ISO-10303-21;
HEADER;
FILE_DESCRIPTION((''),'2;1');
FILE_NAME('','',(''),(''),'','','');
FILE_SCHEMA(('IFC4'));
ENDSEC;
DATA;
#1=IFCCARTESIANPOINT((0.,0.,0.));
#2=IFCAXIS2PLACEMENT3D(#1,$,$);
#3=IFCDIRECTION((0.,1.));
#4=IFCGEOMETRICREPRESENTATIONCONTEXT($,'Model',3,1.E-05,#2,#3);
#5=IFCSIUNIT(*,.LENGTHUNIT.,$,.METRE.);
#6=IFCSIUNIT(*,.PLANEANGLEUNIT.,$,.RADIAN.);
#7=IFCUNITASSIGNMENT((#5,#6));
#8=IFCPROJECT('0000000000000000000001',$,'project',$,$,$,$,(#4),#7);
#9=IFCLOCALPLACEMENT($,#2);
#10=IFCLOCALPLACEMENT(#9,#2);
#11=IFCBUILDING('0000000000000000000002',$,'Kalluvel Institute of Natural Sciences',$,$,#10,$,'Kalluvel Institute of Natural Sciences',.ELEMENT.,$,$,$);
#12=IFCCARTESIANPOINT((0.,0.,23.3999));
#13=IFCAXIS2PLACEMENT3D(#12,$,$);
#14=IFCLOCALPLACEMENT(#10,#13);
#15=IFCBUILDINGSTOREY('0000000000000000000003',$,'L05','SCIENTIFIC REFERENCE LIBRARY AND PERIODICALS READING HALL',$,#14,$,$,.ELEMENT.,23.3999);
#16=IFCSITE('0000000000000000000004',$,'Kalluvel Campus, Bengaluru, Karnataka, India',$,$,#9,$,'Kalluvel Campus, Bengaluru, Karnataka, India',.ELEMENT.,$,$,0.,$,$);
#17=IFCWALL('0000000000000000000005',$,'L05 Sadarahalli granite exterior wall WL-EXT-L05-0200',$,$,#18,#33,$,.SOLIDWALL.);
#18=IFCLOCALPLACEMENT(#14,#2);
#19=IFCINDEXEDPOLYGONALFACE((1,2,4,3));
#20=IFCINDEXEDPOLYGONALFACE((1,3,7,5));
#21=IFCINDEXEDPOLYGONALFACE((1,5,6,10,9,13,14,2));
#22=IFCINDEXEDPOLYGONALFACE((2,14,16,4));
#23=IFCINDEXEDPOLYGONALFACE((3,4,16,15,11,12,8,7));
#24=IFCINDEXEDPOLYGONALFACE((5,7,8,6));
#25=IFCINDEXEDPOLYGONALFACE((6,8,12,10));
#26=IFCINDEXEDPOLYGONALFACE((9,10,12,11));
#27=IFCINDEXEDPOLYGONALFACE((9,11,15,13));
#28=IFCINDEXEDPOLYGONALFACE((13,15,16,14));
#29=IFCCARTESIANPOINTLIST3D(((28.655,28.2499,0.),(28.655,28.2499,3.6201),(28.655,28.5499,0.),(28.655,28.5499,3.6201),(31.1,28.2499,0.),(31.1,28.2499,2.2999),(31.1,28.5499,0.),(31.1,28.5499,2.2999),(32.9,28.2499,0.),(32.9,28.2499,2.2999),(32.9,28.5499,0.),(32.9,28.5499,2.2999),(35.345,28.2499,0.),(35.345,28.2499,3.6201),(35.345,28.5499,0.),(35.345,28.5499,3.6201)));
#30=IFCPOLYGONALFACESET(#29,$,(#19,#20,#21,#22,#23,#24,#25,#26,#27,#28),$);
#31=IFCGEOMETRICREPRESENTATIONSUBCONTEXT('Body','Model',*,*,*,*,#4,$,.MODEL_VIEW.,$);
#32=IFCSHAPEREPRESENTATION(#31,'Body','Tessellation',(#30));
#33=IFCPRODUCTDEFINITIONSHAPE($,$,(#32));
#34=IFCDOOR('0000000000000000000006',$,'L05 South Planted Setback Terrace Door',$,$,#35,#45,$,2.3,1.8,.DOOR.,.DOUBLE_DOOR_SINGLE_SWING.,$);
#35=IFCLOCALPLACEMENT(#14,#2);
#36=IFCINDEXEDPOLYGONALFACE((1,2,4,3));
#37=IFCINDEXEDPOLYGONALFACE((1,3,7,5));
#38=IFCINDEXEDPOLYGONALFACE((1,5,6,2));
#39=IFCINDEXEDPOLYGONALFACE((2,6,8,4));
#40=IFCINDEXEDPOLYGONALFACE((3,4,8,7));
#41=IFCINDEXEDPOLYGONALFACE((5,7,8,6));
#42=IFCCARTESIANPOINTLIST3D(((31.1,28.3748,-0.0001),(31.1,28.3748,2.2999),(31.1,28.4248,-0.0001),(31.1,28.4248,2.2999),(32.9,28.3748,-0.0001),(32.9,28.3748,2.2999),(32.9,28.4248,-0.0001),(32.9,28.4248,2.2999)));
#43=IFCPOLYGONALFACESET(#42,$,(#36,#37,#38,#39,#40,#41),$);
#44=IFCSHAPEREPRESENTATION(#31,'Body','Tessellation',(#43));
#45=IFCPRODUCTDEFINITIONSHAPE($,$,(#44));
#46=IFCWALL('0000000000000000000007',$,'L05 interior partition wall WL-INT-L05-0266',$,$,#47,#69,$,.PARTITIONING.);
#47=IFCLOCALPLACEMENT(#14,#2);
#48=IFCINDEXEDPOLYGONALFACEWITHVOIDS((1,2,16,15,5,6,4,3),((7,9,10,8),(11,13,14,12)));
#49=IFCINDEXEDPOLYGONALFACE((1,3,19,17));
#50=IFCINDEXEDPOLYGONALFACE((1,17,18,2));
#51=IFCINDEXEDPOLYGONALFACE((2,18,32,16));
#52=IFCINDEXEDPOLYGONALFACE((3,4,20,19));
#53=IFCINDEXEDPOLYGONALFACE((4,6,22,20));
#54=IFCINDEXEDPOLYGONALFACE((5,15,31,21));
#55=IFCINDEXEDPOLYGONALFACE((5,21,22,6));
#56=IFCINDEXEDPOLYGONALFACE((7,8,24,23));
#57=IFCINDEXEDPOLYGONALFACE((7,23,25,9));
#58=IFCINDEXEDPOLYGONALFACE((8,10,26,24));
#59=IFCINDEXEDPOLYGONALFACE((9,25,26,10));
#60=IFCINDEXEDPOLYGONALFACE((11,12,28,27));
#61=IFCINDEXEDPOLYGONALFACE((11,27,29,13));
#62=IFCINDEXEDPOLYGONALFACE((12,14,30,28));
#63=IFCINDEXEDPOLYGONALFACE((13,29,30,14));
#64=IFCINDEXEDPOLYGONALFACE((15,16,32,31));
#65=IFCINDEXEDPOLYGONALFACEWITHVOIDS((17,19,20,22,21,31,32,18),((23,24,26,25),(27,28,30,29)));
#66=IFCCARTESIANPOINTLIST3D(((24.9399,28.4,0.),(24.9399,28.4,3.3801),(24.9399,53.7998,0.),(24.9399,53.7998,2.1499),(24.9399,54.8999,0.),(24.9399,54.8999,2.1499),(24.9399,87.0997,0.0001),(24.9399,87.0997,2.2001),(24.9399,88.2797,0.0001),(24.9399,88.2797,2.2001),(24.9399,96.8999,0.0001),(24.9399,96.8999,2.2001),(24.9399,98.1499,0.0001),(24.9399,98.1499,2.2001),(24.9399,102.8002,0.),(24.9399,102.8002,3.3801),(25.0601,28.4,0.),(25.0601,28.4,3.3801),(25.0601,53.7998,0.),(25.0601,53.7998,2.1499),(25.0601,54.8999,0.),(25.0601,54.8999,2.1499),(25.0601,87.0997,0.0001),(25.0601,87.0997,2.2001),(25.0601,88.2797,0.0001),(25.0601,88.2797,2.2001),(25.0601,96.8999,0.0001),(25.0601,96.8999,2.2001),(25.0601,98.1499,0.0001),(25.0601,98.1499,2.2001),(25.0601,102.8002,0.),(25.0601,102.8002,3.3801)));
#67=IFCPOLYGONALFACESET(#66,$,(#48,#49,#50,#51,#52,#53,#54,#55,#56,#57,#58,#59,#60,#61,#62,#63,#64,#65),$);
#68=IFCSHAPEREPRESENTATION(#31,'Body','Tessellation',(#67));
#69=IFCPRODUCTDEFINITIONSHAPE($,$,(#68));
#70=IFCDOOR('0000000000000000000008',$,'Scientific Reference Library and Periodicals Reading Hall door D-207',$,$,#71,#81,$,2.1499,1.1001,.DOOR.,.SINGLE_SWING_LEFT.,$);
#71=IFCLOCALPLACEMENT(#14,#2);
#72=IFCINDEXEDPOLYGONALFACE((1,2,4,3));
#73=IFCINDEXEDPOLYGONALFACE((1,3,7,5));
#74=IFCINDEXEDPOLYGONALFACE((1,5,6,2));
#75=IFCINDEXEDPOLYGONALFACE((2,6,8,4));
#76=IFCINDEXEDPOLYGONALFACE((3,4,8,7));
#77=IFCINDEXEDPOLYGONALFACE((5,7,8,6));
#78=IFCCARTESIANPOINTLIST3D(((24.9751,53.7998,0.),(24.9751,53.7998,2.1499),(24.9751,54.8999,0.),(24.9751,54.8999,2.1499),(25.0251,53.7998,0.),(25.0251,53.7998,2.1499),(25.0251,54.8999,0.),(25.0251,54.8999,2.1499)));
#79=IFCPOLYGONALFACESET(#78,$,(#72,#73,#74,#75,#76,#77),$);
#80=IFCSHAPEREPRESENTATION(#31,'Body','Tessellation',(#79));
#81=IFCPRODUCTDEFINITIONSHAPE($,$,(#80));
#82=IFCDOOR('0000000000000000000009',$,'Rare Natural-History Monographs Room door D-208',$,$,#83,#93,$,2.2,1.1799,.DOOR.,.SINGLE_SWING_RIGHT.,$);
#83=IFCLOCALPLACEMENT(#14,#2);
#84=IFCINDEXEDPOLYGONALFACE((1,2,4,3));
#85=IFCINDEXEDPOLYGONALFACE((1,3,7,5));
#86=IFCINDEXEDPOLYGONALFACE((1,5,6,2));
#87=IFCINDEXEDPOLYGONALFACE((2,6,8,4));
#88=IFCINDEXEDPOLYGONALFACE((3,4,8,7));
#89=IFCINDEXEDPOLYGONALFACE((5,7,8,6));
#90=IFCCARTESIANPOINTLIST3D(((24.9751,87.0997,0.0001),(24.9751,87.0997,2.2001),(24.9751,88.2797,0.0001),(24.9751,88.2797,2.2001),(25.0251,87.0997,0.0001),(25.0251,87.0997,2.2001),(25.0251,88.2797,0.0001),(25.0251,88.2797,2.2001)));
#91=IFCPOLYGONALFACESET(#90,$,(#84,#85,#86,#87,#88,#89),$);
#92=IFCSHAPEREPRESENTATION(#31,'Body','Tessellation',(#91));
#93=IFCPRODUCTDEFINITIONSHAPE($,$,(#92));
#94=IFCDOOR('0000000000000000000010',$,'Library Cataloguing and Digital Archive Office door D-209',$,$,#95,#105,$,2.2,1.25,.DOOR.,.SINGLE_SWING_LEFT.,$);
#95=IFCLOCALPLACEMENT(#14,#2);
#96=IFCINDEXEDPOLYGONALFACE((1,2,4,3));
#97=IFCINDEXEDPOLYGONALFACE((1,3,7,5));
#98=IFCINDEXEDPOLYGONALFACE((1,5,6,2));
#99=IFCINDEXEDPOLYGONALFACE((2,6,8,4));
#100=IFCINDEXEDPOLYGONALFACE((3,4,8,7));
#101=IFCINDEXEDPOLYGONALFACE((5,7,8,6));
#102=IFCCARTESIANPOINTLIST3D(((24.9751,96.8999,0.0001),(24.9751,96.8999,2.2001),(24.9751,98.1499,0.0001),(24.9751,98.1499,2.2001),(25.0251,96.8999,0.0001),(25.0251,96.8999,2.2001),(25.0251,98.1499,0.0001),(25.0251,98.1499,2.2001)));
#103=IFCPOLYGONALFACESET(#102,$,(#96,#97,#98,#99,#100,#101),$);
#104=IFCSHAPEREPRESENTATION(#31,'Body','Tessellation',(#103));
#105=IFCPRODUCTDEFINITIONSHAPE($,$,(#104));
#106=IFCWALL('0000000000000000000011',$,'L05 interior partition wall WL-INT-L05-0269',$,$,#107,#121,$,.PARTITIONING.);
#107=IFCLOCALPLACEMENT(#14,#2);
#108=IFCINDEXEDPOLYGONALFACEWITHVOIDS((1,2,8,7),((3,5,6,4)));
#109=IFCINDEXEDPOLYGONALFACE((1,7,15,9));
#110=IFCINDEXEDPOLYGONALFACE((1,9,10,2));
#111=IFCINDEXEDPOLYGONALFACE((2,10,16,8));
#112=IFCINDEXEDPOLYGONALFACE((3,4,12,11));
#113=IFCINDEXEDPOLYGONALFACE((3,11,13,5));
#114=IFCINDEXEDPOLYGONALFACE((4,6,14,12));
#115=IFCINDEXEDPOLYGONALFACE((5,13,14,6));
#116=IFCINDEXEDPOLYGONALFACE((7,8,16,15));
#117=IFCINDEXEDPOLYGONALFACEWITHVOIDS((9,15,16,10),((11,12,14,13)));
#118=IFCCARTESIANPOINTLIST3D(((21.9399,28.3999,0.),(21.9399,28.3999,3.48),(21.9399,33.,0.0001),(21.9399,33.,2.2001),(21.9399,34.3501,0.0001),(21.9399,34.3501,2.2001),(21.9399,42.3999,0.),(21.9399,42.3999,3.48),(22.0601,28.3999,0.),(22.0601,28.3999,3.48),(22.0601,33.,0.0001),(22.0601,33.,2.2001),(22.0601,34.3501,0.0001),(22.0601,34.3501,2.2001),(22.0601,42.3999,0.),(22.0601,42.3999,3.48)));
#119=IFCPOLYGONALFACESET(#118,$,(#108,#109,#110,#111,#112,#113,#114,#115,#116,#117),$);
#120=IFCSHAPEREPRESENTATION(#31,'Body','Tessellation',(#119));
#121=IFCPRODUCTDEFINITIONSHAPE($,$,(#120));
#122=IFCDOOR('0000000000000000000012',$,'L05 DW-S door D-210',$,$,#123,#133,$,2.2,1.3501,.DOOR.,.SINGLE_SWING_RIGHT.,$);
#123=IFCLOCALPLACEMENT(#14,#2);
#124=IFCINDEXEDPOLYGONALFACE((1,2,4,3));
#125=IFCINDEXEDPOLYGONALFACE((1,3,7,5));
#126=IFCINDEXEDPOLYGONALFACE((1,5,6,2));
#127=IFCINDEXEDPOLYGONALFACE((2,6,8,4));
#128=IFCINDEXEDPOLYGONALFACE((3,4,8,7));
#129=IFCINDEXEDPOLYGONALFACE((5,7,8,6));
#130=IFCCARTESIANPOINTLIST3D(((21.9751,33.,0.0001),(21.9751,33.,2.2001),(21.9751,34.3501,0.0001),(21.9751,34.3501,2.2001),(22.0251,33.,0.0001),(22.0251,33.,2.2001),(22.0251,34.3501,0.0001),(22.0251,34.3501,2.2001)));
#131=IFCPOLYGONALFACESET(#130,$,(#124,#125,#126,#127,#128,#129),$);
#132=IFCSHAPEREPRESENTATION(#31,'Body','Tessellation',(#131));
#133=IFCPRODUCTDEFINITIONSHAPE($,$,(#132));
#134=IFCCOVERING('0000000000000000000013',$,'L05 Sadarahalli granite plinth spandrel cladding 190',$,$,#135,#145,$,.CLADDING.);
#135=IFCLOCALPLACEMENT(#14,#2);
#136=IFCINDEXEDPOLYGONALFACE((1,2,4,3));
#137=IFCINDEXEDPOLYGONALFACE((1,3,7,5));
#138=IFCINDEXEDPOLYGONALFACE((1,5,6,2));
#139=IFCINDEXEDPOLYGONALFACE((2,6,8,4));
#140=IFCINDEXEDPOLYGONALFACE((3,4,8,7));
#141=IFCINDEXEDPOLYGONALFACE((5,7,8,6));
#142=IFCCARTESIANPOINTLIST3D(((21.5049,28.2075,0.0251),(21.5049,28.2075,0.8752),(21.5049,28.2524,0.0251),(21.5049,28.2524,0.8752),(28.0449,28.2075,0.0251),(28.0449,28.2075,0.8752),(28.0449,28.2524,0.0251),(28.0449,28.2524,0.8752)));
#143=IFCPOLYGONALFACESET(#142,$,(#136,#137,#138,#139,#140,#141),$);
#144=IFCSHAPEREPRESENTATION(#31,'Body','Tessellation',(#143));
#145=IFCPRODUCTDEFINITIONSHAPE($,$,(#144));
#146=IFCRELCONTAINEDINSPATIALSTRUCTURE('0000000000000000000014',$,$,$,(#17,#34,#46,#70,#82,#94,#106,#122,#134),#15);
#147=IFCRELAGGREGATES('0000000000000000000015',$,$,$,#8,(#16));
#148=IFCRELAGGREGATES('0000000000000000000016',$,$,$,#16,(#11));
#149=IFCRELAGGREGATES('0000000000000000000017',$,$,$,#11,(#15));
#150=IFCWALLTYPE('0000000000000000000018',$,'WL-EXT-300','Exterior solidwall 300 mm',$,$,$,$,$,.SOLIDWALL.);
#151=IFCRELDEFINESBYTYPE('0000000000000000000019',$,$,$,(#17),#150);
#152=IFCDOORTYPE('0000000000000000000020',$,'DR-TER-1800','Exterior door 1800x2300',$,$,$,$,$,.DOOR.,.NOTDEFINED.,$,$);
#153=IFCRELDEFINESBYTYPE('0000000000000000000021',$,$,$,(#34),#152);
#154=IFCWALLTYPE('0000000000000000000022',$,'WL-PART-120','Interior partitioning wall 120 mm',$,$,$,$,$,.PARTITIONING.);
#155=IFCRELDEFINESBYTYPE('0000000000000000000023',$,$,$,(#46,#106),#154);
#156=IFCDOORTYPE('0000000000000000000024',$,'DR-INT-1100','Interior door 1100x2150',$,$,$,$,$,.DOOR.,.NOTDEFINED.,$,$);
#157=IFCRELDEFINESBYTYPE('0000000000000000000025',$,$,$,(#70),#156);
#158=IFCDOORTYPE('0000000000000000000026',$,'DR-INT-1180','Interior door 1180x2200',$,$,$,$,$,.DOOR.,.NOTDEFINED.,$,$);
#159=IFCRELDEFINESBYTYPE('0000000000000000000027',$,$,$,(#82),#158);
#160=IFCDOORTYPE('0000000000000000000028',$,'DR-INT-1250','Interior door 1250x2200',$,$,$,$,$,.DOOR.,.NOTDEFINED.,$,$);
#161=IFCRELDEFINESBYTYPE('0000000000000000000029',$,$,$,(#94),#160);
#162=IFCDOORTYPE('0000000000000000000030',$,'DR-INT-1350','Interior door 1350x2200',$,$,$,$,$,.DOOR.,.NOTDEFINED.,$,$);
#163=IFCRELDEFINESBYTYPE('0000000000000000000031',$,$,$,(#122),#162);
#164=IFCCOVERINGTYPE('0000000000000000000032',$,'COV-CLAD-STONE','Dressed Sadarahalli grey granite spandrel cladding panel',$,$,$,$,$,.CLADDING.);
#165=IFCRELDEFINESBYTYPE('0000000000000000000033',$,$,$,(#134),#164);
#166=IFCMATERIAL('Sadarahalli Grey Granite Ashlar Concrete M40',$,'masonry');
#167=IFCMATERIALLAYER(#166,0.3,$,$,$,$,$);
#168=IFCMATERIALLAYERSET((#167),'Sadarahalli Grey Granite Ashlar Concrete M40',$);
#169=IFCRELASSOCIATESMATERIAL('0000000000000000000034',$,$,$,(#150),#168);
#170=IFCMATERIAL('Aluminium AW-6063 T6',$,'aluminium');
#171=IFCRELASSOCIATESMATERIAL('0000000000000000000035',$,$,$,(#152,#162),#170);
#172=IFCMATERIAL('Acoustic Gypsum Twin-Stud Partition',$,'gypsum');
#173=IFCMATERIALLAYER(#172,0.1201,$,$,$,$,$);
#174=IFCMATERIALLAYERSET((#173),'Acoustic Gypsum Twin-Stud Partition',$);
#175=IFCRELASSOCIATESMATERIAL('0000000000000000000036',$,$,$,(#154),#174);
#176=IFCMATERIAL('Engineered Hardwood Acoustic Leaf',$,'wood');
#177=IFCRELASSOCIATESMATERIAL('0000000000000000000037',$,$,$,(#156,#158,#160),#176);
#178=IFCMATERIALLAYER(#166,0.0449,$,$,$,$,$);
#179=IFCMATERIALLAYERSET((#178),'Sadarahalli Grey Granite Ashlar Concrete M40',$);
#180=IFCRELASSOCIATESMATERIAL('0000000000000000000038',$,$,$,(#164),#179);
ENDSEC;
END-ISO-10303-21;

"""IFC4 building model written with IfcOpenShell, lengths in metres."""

from ifc_helpers import new_model, si_unit, direction, frame, frame_2d, origin, origin_2d, place, context, subcontext, project, spatial, rectangle, extrude, material, layer, layer_set, type_object, element, fill, save


model = new_model("IFC4")

# Units and contexts
model_context = context("Model", 3, precision=1e-05, world=origin(), true_north=direction((0.0, 1.0)))
body_context = subcontext(model_context, "Body", "Model", "MODEL_VIEW")
ifc_project = project(units=[si_unit("LENGTHUNIT", "METRE"), si_unit("PLANEANGLEUNIT", "RADIAN")], contexts=[model_context])

# Site, building, storey
site_placement = place(None, origin())
site = spatial("IfcSite", under=ifc_project, at=site_placement, Name="Kalluvel Campus, Bengaluru, Karnataka, India", LongName="Kalluvel Campus, Bengaluru, Karnataka, India", CompositionType="ELEMENT", RefElevation=0.0)
building_placement = place(site_placement, origin())
building = spatial("IfcBuilding", under=site, at=building_placement, Name="Kalluvel Institute of Natural Sciences", LongName="Kalluvel Institute of Natural Sciences", CompositionType="ELEMENT")
storey_placement = place(building_placement, frame((0.0, 0.0, 23.3999)))
storey = spatial("IfcBuildingStorey", under=building, at=storey_placement, Name="L05", Description="SCIENTIFIC REFERENCE LIBRARY AND PERIODICALS READING HALL", CompositionType="ELEMENT", Elevation=23.3999)

# Shared definitions
ifc_material_1 = material(Name="Aluminium AW-6063 T6", Category="aluminium")

# Shared definitions
ifc_material_2 = material(Name="Sadarahalli Grey Granite Ashlar Concrete M40", Category="masonry")
ifc_layer_1 = layer(ifc_material_2, 0.3)
ifc_layer_set_1 = layer_set([ifc_layer_1], Name="Sadarahalli Grey Granite Ashlar Concrete M40")
wall_type_1 = type_object("IfcWallType", Name="WL-EXT-300", Description="Exterior solidwall 300 mm", PredefinedType="SOLIDWALL", material=ifc_layer_set_1)

# Wall, opening, door
wall_1_placement = place(storey_placement, frame((28.655, 28.3999, 0.0), z_axis=(0.0, 0.0, 1.0), x_axis=(1.0, 0.0, 0.0)))
wall_1 = element("IfcWall", 1, at=wall_1_placement, inside=storey, type_object=wall_type_1, Name="L05 Sadarahalli granite exterior wall WL-EXT-L05-0200", PredefinedType="SOLIDWALL", context=body_context, shape_type="SweptSolid", body=[
    extrude(rectangle(XDim=6.6899, YDim=0.3, at=frame_2d((3.345, 0.0))), origin(), (0.0, 0.0, 1.0), 3.6201),
])
opening_1_placement = place(wall_1_placement, frame((2.4451, 0.0, 0.0)))
opening_1 = element("IfcOpeningElement", 2, at=opening_1_placement, cuts=wall_1, PredefinedType="OPENING", context=body_context, shape_type="SweptSolid", body=[
    extrude(rectangle(XDim=1.8, YDim=2.3, at=frame_2d((0.8999, 1.1499))), frame((0.0, 0.1599, 0.0), z_axis=(0.0, -1.0, 0.0), x_axis=(1.0, 0.0, 0.0)), (0.0, 0.0, 1.0), 0.3201),
])
door_type_1 = type_object("IfcDoorType", Name="DR-TER-1800", Description="Exterior door 1800x2300", OperationType="NOTDEFINED", PredefinedType="DOOR", material=ifc_material_1)
door_1_placement = place(opening_1_placement, origin())
door_1 = element("IfcDoor", 3, at=door_1_placement, inside=storey, type_object=door_type_1, Name="L05 South Planted Setback Terrace Door", OperationType="DOUBLE_DOOR_SINGLE_SWING", OverallHeight=2.3, OverallWidth=1.8, PredefinedType="DOOR", context=body_context, shape_type="SweptSolid", body=[
    extrude(rectangle(XDim=1.8, YDim=2.3, at=frame_2d((0.8999, 1.1499))), frame((0.0, 0.0249, 0.0), z_axis=(0.0, -1.0, 0.0), x_axis=(1.0, 0.0, 0.0)), (0.0, 0.0, 1.0), 0.05),
])
fill(opening_1, door_1)

# Wall, openings, doors
ifc_material_3 = material(Name="Acoustic Gypsum Twin-Stud Partition", Category="gypsum")
ifc_layer_2 = layer(ifc_material_3, 0.1201)
ifc_layer_set_2 = layer_set([ifc_layer_2], Name="Acoustic Gypsum Twin-Stud Partition")
wall_type_2 = type_object("IfcWallType", Name="WL-PART-120", Description="Interior partitioning wall 120 mm", PredefinedType="PARTITIONING", material=ifc_layer_set_2)
wall_2_placement = place(storey_placement, frame((25.0, 28.3999, 0.0), z_axis=(0.0, 0.0, 1.0), x_axis=(0.0, 1.0, 0.0)))
wall_2 = element("IfcWall", 4, at=wall_2_placement, inside=storey, type_object=wall_type_2, Name="L05 interior partition wall WL-INT-L05-0266", PredefinedType="PARTITIONING", context=body_context, shape_type="SweptSolid", body=[
    extrude(rectangle(XDim=74.4001, YDim=0.1201, at=frame_2d((37.2002, 0.0))), origin(), (0.0, 0.0, 1.0), 3.3801),
])
opening_2_placement = place(wall_2_placement, frame((25.3999, 0.0, 0.0)))
opening_2 = element("IfcOpeningElement", 5, at=opening_2_placement, cuts=wall_2, PredefinedType="OPENING", context=body_context, shape_type="SweptSolid", body=[
    extrude(rectangle(XDim=1.1001, YDim=2.1499, at=frame_2d((0.55, 1.075))), frame((0.0, 0.0701, 0.0), z_axis=(0.0, -1.0, 0.0), x_axis=(1.0, 0.0, 0.0)), (0.0, 0.0, 1.0), 0.1401),
])
opening_3_placement = place(wall_2_placement, frame((58.7, 0.0, 0.0)))
opening_3 = element("IfcOpeningElement", 6, at=opening_3_placement, cuts=wall_2, PredefinedType="OPENING", context=body_context, shape_type="SweptSolid", body=[
    extrude(rectangle(XDim=1.1799, YDim=2.2, at=frame_2d((0.5898, 1.1001))), frame((0.0, 0.0701, 0.0), z_axis=(0.0, -1.0, 0.0), x_axis=(1.0, 0.0, 0.0)), (0.0, 0.0, 1.0), 0.1401),
])
opening_4_placement = place(wall_2_placement, frame((68.5, 0.0, 0.0)))
opening_4 = element("IfcOpeningElement", 7, at=opening_4_placement, cuts=wall_2, PredefinedType="OPENING", context=body_context, shape_type="SweptSolid", body=[
    extrude(rectangle(XDim=1.25, YDim=2.2, at=frame_2d((0.625, 1.1001))), frame((0.0, 0.0701, 0.0), z_axis=(0.0, -1.0, 0.0), x_axis=(1.0, 0.0, 0.0)), (0.0, 0.0, 1.0), 0.1401),
])
ifc_material_4 = material(Name="Engineered Hardwood Acoustic Leaf", Category="wood")
door_type_2 = type_object("IfcDoorType", Name="DR-INT-1100", Description="Interior door 1100x2150", OperationType="NOTDEFINED", PredefinedType="DOOR", material=ifc_material_4)
door_2_placement = place(opening_2_placement, origin())
door_2 = element("IfcDoor", 8, at=door_2_placement, inside=storey, type_object=door_type_2, Name="Scientific Reference Library and Periodicals Reading Hall door D-207", OperationType="SINGLE_SWING_LEFT", OverallHeight=2.1499, OverallWidth=1.1001, PredefinedType="DOOR", context=body_context, shape_type="SweptSolid", body=[
    extrude(rectangle(XDim=1.1001, YDim=2.1499, at=frame_2d((0.55, 1.075))), frame((0.0, 0.0249, 0.0), z_axis=(0.0, -1.0, 0.0), x_axis=(1.0, 0.0, 0.0)), (0.0, 0.0, 1.0), 0.05),
])
fill(opening_2, door_2)
door_type_3 = type_object("IfcDoorType", Name="DR-INT-1180", Description="Interior door 1180x2200", OperationType="NOTDEFINED", PredefinedType="DOOR", material=ifc_material_4)
door_3_placement = place(opening_3_placement, origin())
door_3 = element("IfcDoor", 9, at=door_3_placement, inside=storey, type_object=door_type_3, Name="Rare Natural-History Monographs Room door D-208", OperationType="SINGLE_SWING_RIGHT", OverallHeight=2.2, OverallWidth=1.1799, PredefinedType="DOOR", context=body_context, shape_type="SweptSolid", body=[
    extrude(rectangle(XDim=1.1799, YDim=2.2, at=frame_2d((0.5898, 1.1001))), frame((0.0, 0.0249, 0.0), z_axis=(0.0, -1.0, 0.0), x_axis=(1.0, 0.0, 0.0)), (0.0, 0.0, 1.0), 0.05),
])
fill(opening_3, door_3)
door_type_4 = type_object("IfcDoorType", Name="DR-INT-1250", Description="Interior door 1250x2200", OperationType="NOTDEFINED", PredefinedType="DOOR", material=ifc_material_4)
door_4_placement = place(opening_4_placement, origin())
door_4 = element("IfcDoor", 10, at=door_4_placement, inside=storey, type_object=door_type_4, Name="Library Cataloguing and Digital Archive Office door D-209", OperationType="SINGLE_SWING_LEFT", OverallHeight=2.2, OverallWidth=1.25, PredefinedType="DOOR", context=body_context, shape_type="SweptSolid", body=[
    extrude(rectangle(XDim=1.25, YDim=2.2, at=frame_2d((0.625, 1.1001))), frame((0.0, 0.0249, 0.0), z_axis=(0.0, -1.0, 0.0), x_axis=(1.0, 0.0, 0.0)), (0.0, 0.0, 1.0), 0.05),
])
fill(opening_4, door_4)

# Wall, opening, door
wall_3_placement = place(storey_placement, frame((22.0, 28.3999, 0.0), z_axis=(0.0, 0.0, 1.0), x_axis=(0.0, 1.0, 0.0)))
wall_3 = element("IfcWall", 11, at=wall_3_placement, inside=storey, type_object=wall_type_2, Name="L05 interior partition wall WL-INT-L05-0269", PredefinedType="PARTITIONING", context=body_context, shape_type="SweptSolid", body=[
    extrude(rectangle(XDim=14.0, YDim=0.1201, at=frame_2d((7.0, 0.0))), origin(), (0.0, 0.0, 1.0), 3.48),
])
opening_5_placement = place(wall_3_placement, frame((4.6001, 0.0, 0.0)))
opening_5 = element("IfcOpeningElement", 12, at=opening_5_placement, cuts=wall_3, PredefinedType="OPENING", context=body_context, shape_type="SweptSolid", body=[
    extrude(rectangle(XDim=1.3501, YDim=2.2, at=frame_2d((0.675, 1.1001))), frame((0.0, 0.0701, 0.0), z_axis=(0.0, -1.0, 0.0), x_axis=(1.0, 0.0, 0.0)), (0.0, 0.0, 1.0), 0.1401),
])
door_type_5 = type_object("IfcDoorType", Name="DR-INT-1350", Description="Interior door 1350x2200", OperationType="NOTDEFINED", PredefinedType="DOOR", material=ifc_material_1)
door_5_placement = place(opening_5_placement, origin())
door_5 = element("IfcDoor", 13, at=door_5_placement, inside=storey, type_object=door_type_5, Name="L05 DW-S door D-210", OperationType="SINGLE_SWING_RIGHT", OverallHeight=2.2, OverallWidth=1.3501, PredefinedType="DOOR", context=body_context, shape_type="SweptSolid", body=[
    extrude(rectangle(XDim=1.3501, YDim=2.2, at=frame_2d((0.675, 1.1001))), frame((0.0, 0.0249, 0.0), z_axis=(0.0, -1.0, 0.0), x_axis=(1.0, 0.0, 0.0)), (0.0, 0.0, 1.0), 0.05),
])
fill(opening_5, door_5)

# Covering
ifc_layer_3 = layer(ifc_material_2, 0.0449)
ifc_layer_set_3 = layer_set([ifc_layer_3], Name="Sadarahalli Grey Granite Ashlar Concrete M40")
covering_type = type_object("IfcCoveringType", Name="COV-CLAD-STONE", Description="Dressed Sadarahalli grey granite spandrel cladding panel", PredefinedType="CLADDING", material=ifc_layer_set_3)
covering_placement = place(storey_placement, frame((24.7749, 28.23, 0.0251), z_axis=(0.0, 0.0, 1.0), x_axis=(1.0, 0.0, 0.0)))
element("IfcCovering", 14, at=covering_placement, inside=storey, type_object=covering_type, Name="L05 Sadarahalli granite plinth spandrel cladding 190", PredefinedType="CLADDING", context=body_context, shape_type="SweptSolid", body=[
    extrude(rectangle(XDim=6.54, YDim=0.0449, at=origin_2d()), origin(), (0.0, 0.0, 1.0), 0.8501),
])

save(model, "model.ifc")
